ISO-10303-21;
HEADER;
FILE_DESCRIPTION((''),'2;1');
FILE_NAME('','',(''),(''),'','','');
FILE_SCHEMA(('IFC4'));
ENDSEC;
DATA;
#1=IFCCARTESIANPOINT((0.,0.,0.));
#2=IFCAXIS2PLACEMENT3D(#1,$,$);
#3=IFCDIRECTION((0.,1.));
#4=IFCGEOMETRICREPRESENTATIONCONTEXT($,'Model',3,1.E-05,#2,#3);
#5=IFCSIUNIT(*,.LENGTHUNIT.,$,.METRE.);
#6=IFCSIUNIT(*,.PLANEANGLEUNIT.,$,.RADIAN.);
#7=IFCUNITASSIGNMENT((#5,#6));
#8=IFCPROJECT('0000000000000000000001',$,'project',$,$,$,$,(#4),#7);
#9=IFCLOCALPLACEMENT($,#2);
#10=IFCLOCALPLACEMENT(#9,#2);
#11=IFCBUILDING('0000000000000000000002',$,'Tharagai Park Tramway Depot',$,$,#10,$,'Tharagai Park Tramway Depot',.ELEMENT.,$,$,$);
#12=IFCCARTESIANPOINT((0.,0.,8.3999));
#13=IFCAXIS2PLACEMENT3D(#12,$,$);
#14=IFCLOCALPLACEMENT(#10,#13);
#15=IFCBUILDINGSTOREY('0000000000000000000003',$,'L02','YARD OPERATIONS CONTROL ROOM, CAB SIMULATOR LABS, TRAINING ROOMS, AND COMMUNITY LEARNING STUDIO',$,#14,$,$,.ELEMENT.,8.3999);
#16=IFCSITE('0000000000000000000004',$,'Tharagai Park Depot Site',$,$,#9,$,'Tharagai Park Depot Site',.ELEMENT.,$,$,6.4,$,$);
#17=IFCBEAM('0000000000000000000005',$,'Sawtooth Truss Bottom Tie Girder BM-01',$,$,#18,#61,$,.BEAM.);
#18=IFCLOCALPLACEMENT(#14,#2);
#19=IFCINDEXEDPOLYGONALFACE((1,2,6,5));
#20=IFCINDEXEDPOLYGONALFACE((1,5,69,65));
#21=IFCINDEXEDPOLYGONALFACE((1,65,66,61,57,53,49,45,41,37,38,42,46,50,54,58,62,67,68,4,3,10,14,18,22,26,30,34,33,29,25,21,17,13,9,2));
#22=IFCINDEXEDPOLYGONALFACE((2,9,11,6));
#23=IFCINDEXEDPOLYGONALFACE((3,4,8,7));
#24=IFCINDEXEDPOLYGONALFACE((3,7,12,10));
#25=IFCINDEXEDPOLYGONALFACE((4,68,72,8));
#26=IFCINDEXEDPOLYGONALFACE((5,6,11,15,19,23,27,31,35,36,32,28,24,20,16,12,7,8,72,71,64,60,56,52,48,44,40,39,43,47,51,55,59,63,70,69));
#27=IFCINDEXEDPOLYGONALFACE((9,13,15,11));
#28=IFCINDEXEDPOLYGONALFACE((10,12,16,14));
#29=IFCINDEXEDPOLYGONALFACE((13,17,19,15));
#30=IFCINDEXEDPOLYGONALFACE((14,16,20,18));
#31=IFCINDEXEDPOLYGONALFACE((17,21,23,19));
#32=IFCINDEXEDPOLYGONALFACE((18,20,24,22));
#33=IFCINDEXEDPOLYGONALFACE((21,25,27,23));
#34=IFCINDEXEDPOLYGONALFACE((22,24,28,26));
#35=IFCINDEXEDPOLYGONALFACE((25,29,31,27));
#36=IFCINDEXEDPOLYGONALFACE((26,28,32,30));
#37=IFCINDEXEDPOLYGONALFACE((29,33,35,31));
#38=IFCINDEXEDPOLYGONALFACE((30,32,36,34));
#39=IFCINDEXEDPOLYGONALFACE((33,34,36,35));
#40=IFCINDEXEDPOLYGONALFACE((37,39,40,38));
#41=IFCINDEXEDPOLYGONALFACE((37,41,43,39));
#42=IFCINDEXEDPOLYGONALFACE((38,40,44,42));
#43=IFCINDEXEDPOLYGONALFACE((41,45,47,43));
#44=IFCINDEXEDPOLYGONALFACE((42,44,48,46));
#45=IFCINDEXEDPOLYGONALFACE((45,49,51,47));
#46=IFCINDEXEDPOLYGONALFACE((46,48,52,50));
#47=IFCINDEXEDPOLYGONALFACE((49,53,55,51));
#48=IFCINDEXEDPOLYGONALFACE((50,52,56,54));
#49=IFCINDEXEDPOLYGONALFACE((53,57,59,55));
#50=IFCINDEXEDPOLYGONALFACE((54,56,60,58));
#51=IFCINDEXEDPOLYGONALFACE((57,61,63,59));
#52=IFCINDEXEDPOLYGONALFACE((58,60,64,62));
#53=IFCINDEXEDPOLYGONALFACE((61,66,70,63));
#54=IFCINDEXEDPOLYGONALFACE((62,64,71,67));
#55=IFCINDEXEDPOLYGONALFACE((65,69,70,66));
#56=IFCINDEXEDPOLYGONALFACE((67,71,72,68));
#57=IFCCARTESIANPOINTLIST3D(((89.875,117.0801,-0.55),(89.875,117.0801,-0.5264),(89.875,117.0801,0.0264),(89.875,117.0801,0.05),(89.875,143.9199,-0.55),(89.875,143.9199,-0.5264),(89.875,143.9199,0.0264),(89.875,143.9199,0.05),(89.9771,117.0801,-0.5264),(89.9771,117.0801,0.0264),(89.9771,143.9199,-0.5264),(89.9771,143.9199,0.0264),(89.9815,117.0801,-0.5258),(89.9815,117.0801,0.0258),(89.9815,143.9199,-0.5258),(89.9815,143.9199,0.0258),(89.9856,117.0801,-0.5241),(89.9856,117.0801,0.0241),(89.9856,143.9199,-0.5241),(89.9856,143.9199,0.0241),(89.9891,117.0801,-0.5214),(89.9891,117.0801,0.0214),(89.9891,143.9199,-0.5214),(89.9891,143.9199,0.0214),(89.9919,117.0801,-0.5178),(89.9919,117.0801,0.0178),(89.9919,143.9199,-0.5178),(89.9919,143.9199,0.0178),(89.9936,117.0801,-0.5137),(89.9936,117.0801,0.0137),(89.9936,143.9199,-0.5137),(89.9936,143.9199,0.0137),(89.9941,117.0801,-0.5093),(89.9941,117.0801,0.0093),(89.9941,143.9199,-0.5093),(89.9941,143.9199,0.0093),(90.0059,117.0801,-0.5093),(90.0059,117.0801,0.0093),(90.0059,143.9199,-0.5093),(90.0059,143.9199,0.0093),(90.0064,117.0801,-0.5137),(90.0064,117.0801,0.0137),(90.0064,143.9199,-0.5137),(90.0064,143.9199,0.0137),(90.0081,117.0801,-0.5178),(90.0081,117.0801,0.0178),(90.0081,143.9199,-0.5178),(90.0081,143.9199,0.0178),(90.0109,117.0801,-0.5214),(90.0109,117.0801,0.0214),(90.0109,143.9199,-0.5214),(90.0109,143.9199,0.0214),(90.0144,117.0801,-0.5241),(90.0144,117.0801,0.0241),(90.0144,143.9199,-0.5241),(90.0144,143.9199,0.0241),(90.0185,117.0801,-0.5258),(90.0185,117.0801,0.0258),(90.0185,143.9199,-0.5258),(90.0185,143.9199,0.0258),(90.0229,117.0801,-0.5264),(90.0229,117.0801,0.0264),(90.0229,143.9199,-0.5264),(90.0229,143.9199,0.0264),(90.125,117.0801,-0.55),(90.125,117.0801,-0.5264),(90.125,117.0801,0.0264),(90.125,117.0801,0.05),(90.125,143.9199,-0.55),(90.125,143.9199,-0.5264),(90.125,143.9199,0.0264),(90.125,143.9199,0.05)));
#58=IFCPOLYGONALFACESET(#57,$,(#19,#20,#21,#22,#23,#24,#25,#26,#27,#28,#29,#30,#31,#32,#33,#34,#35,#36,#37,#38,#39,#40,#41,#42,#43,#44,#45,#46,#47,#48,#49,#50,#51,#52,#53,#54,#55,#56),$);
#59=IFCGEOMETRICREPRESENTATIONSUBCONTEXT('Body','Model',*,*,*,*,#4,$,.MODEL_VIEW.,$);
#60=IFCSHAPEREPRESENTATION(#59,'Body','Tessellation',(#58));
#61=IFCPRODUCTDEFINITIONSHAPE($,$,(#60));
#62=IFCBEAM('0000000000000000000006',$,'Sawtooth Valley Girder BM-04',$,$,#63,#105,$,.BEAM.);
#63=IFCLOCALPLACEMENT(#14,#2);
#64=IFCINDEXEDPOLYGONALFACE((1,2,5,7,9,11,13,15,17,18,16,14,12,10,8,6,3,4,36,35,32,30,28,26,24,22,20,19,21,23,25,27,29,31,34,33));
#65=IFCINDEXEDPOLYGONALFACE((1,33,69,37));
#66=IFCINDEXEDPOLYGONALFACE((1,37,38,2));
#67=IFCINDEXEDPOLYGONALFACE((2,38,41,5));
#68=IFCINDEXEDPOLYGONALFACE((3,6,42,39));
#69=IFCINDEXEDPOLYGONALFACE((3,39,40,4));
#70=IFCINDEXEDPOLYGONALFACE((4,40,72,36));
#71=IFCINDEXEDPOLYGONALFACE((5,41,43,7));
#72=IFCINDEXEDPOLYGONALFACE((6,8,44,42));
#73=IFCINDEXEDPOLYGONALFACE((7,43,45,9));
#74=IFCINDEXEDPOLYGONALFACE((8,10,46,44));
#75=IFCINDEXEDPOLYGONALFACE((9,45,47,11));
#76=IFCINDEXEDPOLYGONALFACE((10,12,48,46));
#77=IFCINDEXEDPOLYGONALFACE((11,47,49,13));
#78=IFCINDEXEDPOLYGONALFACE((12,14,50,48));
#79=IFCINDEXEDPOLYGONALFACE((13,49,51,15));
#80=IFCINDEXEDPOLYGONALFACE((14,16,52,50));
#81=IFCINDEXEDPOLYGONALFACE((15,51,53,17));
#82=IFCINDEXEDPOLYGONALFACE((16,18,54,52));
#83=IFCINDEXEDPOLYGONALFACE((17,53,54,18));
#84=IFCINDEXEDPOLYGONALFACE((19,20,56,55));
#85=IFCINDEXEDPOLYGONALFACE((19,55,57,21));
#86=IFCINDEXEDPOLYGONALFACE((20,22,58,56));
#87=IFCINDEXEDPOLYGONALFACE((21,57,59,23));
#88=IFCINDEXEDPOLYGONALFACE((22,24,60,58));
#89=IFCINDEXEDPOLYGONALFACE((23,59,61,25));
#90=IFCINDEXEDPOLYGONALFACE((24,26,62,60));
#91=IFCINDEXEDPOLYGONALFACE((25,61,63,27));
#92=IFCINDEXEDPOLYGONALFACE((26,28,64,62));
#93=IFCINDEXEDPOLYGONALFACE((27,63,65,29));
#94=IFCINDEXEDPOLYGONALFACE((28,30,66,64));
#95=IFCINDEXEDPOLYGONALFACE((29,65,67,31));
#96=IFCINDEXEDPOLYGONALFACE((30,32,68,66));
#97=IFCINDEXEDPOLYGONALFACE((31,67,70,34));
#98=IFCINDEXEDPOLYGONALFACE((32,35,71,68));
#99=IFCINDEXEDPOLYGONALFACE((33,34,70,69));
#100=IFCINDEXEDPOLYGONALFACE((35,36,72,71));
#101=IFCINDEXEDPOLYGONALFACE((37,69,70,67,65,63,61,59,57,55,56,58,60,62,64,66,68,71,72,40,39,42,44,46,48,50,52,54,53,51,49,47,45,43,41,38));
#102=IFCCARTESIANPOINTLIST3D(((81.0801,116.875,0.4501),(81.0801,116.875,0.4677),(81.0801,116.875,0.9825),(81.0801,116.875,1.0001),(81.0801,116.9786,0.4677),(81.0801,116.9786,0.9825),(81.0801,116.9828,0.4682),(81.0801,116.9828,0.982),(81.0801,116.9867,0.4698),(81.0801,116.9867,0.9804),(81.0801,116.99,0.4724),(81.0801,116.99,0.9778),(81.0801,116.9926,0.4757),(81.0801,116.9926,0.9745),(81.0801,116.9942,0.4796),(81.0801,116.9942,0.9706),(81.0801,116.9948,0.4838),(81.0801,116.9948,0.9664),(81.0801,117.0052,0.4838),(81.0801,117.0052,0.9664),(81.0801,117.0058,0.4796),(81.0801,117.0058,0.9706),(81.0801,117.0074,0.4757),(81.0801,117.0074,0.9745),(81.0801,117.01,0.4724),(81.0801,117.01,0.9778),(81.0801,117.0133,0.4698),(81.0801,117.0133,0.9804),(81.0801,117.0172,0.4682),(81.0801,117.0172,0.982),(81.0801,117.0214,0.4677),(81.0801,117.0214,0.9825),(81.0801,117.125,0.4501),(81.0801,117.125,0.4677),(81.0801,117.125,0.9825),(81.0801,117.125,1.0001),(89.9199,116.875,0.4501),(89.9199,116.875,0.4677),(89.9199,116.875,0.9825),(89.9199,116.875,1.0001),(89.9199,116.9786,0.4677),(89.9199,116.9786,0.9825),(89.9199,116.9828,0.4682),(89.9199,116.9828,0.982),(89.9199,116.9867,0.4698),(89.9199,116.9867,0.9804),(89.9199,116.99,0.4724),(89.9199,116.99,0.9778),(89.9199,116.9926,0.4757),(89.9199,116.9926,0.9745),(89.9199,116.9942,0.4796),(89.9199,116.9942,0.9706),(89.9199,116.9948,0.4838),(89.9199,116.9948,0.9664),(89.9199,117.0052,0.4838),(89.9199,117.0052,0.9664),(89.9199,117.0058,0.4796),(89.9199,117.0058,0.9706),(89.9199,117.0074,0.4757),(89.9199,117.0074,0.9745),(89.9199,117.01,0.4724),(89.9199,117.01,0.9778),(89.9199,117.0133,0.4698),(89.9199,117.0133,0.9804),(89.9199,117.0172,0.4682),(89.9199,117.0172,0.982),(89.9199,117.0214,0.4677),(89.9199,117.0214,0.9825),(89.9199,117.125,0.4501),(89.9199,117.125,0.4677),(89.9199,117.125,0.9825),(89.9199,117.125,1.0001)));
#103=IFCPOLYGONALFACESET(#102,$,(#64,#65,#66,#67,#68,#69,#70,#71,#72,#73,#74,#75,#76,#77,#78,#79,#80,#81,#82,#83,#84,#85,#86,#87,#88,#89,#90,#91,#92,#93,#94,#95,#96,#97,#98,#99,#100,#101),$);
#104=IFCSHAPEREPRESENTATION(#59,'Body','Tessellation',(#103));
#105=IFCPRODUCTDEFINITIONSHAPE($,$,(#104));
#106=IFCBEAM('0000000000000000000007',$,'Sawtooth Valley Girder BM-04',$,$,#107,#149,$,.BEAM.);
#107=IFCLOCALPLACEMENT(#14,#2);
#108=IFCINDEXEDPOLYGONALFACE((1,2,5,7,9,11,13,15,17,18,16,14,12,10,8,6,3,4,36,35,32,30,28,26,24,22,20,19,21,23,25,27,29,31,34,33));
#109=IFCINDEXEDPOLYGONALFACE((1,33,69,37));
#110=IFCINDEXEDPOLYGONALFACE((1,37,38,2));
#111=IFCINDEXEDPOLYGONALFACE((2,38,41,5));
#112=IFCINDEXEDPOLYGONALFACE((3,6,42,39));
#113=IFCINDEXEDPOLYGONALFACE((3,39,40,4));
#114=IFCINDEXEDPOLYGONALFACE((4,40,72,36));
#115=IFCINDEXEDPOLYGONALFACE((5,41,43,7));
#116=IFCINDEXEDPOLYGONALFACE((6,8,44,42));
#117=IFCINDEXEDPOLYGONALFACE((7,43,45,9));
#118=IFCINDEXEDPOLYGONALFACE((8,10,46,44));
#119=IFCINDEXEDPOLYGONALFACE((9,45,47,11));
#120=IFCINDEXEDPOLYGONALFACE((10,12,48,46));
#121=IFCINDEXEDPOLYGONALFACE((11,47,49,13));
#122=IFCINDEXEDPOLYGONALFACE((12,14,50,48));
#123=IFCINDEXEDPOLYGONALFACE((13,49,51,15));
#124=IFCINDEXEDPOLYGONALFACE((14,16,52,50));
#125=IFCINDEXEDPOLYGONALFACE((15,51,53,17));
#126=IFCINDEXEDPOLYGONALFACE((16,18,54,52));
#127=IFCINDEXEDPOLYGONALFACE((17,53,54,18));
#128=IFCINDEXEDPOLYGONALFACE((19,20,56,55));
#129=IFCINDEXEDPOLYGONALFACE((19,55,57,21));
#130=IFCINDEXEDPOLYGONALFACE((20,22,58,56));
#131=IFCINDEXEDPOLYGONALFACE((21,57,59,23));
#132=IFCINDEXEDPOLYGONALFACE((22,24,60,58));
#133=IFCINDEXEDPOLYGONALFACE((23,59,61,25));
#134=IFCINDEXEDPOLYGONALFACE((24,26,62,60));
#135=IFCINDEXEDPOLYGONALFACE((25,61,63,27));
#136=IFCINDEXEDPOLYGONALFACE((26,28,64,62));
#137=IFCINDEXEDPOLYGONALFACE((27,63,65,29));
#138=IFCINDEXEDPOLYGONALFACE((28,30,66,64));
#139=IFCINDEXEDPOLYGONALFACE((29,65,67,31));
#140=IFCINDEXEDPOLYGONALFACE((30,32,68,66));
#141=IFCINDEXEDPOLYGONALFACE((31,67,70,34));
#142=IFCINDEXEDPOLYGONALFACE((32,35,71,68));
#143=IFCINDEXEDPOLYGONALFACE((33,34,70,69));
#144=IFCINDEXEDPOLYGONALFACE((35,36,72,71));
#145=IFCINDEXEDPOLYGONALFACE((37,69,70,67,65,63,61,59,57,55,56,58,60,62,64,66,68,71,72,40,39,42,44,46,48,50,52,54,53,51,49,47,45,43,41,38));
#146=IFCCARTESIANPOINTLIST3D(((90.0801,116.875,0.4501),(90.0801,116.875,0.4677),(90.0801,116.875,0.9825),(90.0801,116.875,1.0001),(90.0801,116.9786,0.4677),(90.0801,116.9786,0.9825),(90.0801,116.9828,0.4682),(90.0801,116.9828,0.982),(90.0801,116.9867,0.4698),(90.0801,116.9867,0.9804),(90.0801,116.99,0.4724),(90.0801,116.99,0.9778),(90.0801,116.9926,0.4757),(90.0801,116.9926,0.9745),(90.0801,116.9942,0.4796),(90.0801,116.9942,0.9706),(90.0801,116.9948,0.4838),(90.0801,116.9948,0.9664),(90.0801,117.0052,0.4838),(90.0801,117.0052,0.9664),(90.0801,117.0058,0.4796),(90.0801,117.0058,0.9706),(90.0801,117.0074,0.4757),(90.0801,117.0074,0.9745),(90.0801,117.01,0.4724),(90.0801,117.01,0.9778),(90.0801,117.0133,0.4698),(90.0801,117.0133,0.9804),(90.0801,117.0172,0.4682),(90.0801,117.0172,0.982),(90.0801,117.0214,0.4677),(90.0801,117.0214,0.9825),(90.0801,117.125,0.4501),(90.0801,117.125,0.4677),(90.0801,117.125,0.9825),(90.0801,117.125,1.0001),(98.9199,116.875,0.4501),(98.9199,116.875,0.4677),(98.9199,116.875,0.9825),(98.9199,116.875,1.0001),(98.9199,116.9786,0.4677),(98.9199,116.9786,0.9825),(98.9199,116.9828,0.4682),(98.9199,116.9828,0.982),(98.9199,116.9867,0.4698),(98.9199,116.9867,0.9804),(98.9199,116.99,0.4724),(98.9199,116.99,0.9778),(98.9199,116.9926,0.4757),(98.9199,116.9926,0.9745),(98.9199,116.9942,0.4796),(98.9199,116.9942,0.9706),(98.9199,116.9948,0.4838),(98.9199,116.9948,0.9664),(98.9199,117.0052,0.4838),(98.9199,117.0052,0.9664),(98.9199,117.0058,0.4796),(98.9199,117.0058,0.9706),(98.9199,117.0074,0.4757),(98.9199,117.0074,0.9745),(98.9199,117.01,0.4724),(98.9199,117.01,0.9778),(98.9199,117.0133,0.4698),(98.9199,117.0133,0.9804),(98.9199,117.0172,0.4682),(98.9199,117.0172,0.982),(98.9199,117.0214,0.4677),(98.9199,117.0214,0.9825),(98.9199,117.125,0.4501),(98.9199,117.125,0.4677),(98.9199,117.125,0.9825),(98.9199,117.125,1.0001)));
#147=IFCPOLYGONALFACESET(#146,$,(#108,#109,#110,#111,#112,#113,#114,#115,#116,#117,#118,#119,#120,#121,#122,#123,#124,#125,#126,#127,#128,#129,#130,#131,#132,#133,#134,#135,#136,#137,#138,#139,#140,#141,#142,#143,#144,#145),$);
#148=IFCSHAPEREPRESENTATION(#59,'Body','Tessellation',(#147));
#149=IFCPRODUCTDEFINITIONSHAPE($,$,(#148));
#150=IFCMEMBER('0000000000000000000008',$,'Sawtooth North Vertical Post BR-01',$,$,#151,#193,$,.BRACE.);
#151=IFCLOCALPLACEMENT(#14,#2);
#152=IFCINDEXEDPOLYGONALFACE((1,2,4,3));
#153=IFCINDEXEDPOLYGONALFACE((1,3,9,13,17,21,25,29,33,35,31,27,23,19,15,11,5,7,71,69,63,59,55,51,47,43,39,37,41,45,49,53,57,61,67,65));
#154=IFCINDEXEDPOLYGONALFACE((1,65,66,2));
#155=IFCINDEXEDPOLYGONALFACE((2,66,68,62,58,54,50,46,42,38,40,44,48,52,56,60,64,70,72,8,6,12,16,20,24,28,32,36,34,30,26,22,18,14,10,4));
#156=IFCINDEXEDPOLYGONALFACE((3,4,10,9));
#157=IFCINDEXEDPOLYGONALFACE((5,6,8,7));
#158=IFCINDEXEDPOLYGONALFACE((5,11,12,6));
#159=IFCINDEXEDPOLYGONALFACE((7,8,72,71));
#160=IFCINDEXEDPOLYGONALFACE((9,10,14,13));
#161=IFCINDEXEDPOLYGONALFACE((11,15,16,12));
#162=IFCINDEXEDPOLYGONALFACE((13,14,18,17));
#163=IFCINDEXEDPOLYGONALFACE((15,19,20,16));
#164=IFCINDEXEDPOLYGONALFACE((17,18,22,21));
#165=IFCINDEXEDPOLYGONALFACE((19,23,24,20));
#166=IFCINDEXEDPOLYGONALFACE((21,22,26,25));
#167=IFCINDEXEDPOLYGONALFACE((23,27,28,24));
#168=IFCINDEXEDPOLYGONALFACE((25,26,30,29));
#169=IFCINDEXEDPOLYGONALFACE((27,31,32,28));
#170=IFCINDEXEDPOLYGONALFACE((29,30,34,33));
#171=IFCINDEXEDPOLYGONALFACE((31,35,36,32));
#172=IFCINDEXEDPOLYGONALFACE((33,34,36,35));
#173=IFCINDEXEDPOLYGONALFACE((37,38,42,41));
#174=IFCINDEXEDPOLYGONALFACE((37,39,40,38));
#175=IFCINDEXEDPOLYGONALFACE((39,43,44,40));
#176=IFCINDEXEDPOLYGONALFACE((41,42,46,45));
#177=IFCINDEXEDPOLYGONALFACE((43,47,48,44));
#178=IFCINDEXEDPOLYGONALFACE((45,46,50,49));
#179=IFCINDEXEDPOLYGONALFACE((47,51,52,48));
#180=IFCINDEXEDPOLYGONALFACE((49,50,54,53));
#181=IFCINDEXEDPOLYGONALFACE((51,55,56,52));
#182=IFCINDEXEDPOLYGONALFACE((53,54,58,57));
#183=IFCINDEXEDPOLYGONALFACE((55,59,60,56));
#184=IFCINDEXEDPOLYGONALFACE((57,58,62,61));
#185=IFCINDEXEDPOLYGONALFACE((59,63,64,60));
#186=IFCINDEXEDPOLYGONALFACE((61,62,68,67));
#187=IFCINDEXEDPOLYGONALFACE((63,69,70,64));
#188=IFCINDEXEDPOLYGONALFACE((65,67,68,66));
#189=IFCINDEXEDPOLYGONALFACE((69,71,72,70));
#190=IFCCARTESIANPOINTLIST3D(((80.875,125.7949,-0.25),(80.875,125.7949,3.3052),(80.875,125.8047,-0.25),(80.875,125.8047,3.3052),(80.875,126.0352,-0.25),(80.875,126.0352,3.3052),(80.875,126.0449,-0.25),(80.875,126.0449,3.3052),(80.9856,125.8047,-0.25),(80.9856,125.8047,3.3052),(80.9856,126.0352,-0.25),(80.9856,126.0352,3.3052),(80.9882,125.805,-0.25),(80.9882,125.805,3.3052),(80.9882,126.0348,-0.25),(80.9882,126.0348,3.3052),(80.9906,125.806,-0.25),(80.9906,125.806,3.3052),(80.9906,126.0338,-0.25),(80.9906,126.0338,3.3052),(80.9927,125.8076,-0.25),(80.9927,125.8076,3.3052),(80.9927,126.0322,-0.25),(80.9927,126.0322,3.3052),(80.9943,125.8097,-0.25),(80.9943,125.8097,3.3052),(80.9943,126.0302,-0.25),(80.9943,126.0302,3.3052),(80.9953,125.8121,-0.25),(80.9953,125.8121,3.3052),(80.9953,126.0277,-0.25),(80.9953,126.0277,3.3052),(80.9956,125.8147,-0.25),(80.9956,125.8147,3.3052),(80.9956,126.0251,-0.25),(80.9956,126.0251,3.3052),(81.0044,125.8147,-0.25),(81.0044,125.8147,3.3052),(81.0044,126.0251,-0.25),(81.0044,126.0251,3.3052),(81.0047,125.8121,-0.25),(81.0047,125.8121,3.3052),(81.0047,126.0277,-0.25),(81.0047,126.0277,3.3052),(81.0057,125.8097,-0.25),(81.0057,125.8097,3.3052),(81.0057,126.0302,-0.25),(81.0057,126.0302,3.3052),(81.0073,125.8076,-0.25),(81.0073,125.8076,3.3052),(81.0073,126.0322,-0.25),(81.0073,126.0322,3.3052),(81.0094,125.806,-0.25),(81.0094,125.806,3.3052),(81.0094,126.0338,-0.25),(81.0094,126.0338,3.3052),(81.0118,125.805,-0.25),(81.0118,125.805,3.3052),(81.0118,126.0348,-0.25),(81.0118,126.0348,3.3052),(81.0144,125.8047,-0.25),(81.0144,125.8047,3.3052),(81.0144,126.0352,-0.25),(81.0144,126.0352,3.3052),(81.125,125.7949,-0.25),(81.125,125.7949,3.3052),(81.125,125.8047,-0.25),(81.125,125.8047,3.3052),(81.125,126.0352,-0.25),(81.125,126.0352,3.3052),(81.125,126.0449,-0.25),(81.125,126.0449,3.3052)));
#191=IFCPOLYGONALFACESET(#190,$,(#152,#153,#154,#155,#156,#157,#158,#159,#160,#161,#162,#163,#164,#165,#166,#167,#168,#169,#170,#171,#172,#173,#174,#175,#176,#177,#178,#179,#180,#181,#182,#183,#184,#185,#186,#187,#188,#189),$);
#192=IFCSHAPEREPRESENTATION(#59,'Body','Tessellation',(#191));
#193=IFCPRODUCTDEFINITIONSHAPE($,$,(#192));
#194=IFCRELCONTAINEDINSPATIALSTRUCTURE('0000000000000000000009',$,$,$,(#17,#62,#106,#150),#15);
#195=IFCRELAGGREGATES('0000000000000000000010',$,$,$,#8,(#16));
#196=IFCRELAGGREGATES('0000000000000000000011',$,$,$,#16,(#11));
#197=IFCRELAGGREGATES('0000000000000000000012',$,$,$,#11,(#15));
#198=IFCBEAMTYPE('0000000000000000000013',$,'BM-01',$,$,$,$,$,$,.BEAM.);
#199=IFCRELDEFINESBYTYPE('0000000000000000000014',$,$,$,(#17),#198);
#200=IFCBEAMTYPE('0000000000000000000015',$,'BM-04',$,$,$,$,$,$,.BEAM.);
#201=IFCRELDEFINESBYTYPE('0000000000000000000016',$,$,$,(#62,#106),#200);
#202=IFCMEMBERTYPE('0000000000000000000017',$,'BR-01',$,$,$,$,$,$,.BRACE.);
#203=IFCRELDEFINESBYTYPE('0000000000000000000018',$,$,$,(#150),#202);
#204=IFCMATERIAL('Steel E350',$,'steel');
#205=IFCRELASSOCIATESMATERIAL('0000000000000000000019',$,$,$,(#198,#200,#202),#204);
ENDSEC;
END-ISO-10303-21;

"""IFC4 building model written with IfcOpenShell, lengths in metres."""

from ifc_helpers import new_model, si_unit, direction, frame, origin, origin_2d, place, context, subcontext, project, spatial, i_section, extrude, material, material_profile, profile_set, type_object, element, save


model = new_model("IFC4")

# Units and contexts
model_context = context("Model", 3, precision=1e-05, world=origin(), true_north=direction((0.0, 1.0)))
body_context = subcontext(model_context, "Body", "Model", "MODEL_VIEW")
ifc_project = project(units=[si_unit("LENGTHUNIT", "METRE"), si_unit("PLANEANGLEUNIT", "RADIAN")], contexts=[model_context])

# Site, building, storey
site_placement = place(None, origin())
site = spatial("IfcSite", under=ifc_project, at=site_placement, Name="Tharagai Park Depot Site", LongName="Tharagai Park Depot Site", CompositionType="ELEMENT", RefElevation=6.4)
building_placement = place(site_placement, origin())
building = spatial("IfcBuilding", under=site, at=building_placement, Name="Tharagai Park Tramway Depot", LongName="Tharagai Park Tramway Depot", CompositionType="ELEMENT")
storey_placement = place(building_placement, frame((0.0, 0.0, 8.3999)))
storey = spatial("IfcBuildingStorey", under=building, at=storey_placement, Name="L02", Description="YARD OPERATIONS CONTROL ROOM, CAB SIMULATOR LABS, TRAINING ROOMS, AND COMMUNITY LEARNING STUDIO", CompositionType="ELEMENT", Elevation=8.3999)

# Beams
ifc_material_1 = material(Name="Steel E350", Category="steel")
ifc_material_profile_1 = material_profile(ifc_material_1, i_section(OverallWidth=0.25, OverallDepth=0.6001, WebThickness=0.0117, FlangeThickness=0.0237, FilletRadius=0.0171, at=origin_2d()), Name="ISWB 600")
ifc_profile_set_1 = profile_set([ifc_material_profile_1], Name="Steel E350")
beam_type_1 = type_object("IfcBeamType", Name="BM-01", PredefinedType="BEAM", material=ifc_profile_set_1)
beam_placement = place(storey_placement, frame((90.0, 117.0801, -0.25), z_axis=(0.0, 1.0, 0.0), x_axis=(-1.0, 0.0, 0.0)))
element("IfcBeam", 1, at=beam_placement, inside=storey, type_object=beam_type_1, Name="Sawtooth Truss Bottom Tie Girder BM-01", PredefinedType="BEAM", context=body_context, shape_type="SweptSolid", body=[
    extrude(i_section(OverallWidth=0.25, OverallDepth=0.6001, WebThickness=0.0117, FlangeThickness=0.0237, FilletRadius=0.0171, at=origin_2d()), origin(), (0.0, 0.0, 1.0), 26.8398),
])
ifc_material_profile_2 = material_profile(ifc_material_1, i_section(OverallWidth=0.25, OverallDepth=0.55, WebThickness=0.0105, FlangeThickness=0.0176, FilletRadius=0.0161, at=origin_2d()), Name="ISWB 550")
ifc_profile_set_2 = profile_set([ifc_material_profile_2], Name="Steel E350")
beam_type_2 = type_object("IfcBeamType", Name="BM-04", PredefinedType="BEAM", material=ifc_profile_set_2)
for number, where, z_axis, x_axis, name in (
    (2, (81.0801, 117.0, 0.7251), (1.0, 0.0, 0.0), (0.0, 1.0, 0.0), "Sawtooth Valley Girder BM-04"),
    (3, (90.0801, 117.0, 0.7251), (1.0, 0.0, 0.0), (0.0, 1.0, 0.0), "Sawtooth Valley Girder BM-04"),
):
    element("IfcBeam", number, at=place(storey_placement, frame(where, z_axis=z_axis, x_axis=x_axis)), inside=storey, type_object=beam_type_2, Name=name, PredefinedType="BEAM", context=body_context, shape_type="SweptSolid", body=[
        extrude(i_section(OverallWidth=0.25, OverallDepth=0.55, WebThickness=0.0105, FlangeThickness=0.0176, FilletRadius=0.0161, at=origin_2d()), origin(), (0.0, 0.0, 1.0), 8.8398),
    ])

# Member
ifc_material_profile_3 = material_profile(ifc_material_1, i_section(OverallWidth=0.25, OverallDepth=0.25, WebThickness=0.0088, FlangeThickness=0.0098, FilletRadius=0.01, at=origin_2d()), Name="ISHB 250")
ifc_profile_set_3 = profile_set([ifc_material_profile_3], Name="Steel E350")
member_type_1 = type_object("IfcMemberType", Name="BR-01", PredefinedType="BRACE", material=ifc_profile_set_3)
member_1_placement = place(storey_placement, frame((81.0, 125.9199, -0.25), z_axis=(0.0, 0.0, 1.0), x_axis=(1.0, 0.0, 0.0)))
element("IfcMember", 4, at=member_1_placement, inside=storey, type_object=member_type_1, Name="Sawtooth North Vertical Post BR-01", PredefinedType="BRACE", context=body_context, shape_type="SweptSolid", body=[
    extrude(i_section(OverallWidth=0.25, OverallDepth=0.25, WebThickness=0.0088, FlangeThickness=0.0098, FilletRadius=0.01, at=origin_2d()), origin(), (0.0, 0.0, 1.0), 3.5552),
])

save(model, "model.ifc")
